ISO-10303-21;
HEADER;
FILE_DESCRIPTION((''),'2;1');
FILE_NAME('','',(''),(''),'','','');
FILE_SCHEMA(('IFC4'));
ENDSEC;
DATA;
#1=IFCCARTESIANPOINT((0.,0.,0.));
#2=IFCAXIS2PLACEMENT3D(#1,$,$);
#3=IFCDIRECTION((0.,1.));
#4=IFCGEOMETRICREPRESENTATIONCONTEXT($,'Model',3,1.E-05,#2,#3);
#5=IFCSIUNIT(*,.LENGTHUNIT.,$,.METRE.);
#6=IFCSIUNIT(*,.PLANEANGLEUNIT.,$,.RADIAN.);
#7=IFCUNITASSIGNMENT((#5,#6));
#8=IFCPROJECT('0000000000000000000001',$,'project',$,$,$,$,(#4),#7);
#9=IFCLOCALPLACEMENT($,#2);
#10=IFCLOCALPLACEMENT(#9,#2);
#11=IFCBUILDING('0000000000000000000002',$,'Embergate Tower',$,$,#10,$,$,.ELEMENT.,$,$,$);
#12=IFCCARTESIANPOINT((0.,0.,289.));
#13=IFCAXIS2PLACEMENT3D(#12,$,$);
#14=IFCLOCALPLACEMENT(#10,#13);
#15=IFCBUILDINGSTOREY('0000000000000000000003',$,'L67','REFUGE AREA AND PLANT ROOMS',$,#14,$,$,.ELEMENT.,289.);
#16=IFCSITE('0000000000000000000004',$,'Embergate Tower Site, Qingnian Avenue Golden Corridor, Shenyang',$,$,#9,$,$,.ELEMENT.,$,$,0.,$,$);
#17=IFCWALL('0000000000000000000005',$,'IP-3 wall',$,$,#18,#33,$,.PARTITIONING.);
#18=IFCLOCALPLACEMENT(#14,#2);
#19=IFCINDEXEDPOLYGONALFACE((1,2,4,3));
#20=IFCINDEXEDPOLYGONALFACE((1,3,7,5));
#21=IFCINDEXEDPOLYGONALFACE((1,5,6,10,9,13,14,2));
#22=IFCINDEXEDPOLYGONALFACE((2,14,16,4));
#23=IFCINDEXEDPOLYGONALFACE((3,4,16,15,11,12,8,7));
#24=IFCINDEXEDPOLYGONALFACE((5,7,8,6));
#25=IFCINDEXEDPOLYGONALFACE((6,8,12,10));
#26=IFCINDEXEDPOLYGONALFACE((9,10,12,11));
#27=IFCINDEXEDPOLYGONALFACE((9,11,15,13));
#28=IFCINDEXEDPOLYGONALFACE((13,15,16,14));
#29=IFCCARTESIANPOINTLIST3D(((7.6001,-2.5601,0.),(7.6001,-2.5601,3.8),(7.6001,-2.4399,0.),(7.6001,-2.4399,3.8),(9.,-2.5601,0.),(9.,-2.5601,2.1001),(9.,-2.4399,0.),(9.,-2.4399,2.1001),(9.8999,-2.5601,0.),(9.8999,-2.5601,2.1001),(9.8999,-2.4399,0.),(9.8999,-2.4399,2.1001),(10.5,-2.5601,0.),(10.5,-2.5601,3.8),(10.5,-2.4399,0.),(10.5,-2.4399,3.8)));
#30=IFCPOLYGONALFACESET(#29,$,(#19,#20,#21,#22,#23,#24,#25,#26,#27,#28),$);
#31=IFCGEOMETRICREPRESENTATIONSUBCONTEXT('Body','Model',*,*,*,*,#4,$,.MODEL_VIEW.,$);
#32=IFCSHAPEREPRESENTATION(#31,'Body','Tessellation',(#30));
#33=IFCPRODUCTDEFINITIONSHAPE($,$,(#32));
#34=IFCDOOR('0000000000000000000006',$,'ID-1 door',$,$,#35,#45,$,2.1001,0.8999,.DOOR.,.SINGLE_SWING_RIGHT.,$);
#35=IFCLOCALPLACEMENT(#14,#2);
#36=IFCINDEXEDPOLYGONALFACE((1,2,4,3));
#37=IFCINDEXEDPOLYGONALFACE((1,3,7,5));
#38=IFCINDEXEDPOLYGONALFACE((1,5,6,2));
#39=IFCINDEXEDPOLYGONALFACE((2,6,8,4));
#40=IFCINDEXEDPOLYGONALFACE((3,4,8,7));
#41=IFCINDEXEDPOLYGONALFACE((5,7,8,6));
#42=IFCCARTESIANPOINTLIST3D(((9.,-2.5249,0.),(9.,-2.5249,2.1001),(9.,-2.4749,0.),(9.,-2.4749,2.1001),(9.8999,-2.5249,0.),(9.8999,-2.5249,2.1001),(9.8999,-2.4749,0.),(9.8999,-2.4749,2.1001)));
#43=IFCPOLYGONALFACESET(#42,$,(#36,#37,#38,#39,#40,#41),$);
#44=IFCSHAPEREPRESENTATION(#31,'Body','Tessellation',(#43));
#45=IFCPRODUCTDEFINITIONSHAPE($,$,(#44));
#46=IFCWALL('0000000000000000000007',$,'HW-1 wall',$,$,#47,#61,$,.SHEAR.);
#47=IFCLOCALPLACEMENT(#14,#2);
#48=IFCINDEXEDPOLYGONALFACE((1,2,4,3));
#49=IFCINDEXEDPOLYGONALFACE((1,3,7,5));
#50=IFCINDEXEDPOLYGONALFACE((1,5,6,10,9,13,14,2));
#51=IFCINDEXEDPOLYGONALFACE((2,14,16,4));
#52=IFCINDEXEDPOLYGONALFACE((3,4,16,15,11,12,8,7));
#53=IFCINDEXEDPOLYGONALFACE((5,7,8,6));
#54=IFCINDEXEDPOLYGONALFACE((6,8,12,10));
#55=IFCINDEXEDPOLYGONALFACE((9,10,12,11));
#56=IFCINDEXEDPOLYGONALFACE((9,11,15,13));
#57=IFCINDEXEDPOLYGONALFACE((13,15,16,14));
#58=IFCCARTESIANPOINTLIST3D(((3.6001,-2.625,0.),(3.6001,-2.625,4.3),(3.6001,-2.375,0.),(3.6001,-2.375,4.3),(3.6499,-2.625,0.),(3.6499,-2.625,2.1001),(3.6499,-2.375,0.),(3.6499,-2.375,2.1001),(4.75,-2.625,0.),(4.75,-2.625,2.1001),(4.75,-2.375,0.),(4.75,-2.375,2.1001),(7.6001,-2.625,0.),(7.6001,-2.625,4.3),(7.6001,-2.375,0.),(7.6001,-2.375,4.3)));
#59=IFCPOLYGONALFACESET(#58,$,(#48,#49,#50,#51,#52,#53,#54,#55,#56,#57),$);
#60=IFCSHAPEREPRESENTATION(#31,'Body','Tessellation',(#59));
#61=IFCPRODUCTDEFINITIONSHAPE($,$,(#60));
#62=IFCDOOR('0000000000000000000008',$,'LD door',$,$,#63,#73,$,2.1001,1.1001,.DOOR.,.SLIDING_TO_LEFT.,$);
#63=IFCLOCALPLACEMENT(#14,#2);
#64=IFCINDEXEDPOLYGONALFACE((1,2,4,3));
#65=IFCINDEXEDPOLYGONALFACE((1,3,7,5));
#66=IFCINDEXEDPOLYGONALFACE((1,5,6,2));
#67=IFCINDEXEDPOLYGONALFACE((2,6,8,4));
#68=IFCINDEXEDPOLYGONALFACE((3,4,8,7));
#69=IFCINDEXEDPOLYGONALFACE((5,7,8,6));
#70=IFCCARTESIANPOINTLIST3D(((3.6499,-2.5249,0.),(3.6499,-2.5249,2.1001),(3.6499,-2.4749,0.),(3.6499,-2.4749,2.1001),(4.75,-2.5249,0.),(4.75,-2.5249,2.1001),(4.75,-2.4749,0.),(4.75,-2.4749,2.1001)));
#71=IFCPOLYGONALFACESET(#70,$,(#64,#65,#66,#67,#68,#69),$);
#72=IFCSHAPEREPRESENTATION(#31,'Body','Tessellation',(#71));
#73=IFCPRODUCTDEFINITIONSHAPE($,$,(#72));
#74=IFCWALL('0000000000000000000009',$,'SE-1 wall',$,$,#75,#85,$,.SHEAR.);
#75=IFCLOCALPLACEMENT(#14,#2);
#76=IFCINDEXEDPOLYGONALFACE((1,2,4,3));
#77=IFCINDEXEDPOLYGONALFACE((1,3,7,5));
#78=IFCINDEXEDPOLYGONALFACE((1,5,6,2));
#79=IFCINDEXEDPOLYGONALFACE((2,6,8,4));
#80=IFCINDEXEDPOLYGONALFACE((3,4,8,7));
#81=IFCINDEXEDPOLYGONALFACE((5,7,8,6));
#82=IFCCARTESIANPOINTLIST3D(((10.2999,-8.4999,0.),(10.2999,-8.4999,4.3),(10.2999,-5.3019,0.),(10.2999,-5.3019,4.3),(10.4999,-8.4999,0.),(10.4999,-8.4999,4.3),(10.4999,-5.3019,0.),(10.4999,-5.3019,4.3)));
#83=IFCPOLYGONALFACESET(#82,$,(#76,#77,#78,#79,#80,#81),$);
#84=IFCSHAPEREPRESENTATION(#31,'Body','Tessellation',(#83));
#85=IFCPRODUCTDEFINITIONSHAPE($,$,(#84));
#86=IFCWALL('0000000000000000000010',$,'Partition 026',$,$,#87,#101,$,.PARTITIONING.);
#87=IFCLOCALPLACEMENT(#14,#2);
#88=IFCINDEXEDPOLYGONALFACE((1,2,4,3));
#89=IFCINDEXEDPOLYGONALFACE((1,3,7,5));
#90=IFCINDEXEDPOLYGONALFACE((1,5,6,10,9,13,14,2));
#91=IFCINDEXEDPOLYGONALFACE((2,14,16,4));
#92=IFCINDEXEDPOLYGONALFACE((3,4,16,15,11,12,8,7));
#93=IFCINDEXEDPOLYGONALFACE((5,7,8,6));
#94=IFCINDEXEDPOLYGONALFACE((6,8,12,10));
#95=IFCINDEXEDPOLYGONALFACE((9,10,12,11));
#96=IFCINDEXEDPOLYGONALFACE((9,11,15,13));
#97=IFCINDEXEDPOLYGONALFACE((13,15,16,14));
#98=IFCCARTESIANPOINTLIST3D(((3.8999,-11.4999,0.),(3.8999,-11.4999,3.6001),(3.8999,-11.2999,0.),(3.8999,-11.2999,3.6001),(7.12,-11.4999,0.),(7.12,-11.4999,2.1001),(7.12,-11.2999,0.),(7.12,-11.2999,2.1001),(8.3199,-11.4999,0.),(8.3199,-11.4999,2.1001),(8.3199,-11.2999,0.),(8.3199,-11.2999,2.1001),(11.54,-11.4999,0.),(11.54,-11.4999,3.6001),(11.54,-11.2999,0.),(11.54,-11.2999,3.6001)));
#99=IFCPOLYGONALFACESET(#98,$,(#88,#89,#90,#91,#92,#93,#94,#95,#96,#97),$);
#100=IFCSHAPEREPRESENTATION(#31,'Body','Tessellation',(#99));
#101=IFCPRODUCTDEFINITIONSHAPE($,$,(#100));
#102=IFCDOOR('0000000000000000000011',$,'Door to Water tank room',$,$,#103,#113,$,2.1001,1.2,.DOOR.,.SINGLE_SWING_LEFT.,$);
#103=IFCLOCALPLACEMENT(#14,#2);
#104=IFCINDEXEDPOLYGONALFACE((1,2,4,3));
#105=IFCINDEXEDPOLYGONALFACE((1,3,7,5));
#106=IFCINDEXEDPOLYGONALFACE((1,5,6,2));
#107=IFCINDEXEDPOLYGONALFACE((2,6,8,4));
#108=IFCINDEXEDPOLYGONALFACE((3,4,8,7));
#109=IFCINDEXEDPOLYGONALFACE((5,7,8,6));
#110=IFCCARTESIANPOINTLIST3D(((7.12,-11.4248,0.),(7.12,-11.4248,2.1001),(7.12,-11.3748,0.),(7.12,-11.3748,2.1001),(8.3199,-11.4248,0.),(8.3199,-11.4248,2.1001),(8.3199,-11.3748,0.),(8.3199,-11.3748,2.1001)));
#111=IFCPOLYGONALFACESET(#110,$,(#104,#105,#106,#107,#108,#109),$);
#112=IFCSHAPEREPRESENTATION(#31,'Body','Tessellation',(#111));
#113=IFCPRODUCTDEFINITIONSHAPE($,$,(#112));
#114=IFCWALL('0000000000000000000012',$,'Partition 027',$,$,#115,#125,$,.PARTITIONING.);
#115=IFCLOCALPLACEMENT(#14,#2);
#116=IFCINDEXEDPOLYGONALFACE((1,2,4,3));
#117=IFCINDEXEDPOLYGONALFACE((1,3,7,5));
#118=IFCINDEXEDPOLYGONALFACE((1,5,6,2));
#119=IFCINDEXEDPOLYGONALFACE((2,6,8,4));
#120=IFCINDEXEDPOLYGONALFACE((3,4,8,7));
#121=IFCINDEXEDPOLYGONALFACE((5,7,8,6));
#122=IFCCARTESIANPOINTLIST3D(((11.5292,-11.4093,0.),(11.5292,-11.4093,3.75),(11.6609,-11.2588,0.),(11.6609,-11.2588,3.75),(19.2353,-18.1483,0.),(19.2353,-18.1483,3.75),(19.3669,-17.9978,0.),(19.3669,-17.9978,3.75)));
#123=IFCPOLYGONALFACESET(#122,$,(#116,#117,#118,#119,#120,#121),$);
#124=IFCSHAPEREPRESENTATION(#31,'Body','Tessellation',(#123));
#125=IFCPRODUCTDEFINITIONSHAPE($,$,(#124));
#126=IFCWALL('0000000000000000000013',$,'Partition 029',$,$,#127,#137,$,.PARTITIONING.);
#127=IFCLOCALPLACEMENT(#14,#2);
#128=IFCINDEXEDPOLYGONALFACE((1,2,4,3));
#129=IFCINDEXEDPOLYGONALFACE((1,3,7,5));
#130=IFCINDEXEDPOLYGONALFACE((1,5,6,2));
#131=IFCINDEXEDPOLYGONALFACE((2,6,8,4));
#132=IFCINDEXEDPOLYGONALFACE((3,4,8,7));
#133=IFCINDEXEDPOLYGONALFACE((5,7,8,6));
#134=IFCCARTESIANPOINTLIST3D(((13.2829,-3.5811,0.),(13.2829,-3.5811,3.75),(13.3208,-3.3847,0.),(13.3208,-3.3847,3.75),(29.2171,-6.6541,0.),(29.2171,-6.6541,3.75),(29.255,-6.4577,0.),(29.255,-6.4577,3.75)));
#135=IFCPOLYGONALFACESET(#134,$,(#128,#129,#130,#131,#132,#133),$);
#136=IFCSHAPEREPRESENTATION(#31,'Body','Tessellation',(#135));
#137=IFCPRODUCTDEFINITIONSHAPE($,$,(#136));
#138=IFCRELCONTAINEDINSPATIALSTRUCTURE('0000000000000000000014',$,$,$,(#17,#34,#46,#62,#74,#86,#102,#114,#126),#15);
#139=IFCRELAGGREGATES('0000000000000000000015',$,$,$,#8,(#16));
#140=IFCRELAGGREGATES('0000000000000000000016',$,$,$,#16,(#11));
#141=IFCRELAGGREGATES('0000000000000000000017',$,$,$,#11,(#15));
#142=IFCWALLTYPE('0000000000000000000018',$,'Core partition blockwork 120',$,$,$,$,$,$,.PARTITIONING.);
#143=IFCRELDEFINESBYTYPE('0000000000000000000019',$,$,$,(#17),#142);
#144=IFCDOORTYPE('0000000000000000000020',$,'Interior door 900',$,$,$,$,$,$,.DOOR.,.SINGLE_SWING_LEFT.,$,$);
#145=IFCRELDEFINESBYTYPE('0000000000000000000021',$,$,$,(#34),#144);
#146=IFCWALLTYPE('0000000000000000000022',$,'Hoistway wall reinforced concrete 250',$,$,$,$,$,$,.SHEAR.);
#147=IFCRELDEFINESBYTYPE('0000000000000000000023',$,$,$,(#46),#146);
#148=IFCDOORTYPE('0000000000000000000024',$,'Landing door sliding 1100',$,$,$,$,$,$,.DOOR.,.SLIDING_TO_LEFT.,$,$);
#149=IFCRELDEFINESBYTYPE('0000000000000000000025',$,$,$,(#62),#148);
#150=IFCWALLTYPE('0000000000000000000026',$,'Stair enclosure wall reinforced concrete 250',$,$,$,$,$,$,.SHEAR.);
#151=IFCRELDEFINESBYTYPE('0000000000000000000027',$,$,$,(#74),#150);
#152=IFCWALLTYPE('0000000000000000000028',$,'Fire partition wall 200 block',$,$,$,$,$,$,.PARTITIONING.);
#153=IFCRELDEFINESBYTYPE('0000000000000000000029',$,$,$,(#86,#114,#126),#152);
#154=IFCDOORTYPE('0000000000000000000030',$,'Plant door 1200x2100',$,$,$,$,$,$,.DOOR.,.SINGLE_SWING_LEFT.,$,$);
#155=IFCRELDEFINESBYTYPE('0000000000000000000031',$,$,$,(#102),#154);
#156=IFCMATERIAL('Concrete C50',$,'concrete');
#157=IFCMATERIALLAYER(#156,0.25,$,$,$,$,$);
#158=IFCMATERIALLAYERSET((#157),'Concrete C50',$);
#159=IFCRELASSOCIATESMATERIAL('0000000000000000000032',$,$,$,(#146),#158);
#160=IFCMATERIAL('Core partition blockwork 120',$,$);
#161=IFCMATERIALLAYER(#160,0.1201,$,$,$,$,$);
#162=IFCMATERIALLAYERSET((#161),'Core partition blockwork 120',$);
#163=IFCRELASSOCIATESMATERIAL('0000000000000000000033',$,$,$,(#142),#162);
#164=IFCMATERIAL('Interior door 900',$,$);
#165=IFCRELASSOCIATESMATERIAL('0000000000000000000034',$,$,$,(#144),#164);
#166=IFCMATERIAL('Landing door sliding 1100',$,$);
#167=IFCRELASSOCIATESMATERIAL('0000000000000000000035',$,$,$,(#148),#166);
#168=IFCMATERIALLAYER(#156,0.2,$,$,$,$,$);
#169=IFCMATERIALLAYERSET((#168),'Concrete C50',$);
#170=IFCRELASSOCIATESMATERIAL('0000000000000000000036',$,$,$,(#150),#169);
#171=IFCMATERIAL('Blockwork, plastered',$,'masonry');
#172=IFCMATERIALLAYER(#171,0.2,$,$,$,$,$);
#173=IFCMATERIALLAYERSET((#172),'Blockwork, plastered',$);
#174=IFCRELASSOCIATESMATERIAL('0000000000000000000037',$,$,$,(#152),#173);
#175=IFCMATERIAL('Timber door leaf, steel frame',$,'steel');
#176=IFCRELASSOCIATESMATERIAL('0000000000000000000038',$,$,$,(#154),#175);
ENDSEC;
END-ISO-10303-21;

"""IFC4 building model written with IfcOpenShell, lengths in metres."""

from ifc_helpers import new_model, si_unit, direction, frame, frame_2d, origin, place, context, subcontext, project, spatial, rectangle, extrude, source, transform, mapped, material, layer, layer_set, type_object, element, fill, save


model = new_model("IFC4")

# Units and contexts
model_context = context("Model", 3, precision=1e-05, world=origin(), true_north=direction((0.0, 1.0)))
body_context = subcontext(model_context, "Body", "Model", "MODEL_VIEW")
ifc_project = project(units=[si_unit("LENGTHUNIT", "METRE"), si_unit("PLANEANGLEUNIT", "RADIAN")], contexts=[model_context])

# Site, building, storey
site_placement = place(None, origin())
site = spatial("IfcSite", under=ifc_project, at=site_placement, Name="Embergate Tower Site, Qingnian Avenue Golden Corridor, Shenyang", CompositionType="ELEMENT", RefElevation=0.0)
building_placement = place(site_placement, origin())
building = spatial("IfcBuilding", under=site, at=building_placement, Name="Embergate Tower", CompositionType="ELEMENT")
storey_placement = place(building_placement, frame((0.0, 0.0, 289.0)))
storey = spatial("IfcBuildingStorey", under=building, at=storey_placement, Name="L67", Description="REFUGE AREA AND PLANT ROOMS", CompositionType="ELEMENT", Elevation=289.0)

# Shared definitions
ifc_material_1 = material(Name="Concrete C50", Category="concrete")

# Shared definitions
ifc_layer_1 = layer(ifc_material_1, 0.25)
ifc_layer_set_1 = layer_set([ifc_layer_1], Name="Concrete C50")
wall_type_1 = type_object("IfcWallType", Name="Hoistway wall reinforced concrete 250", PredefinedType="SHEAR", material=ifc_layer_set_1)

# Walls, openings, doors
ifc_material_2 = material(Name="Core partition blockwork 120")
ifc_layer_2 = layer(ifc_material_2, 0.1201)
ifc_layer_set_2 = layer_set([ifc_layer_2], Name="Core partition blockwork 120")
wall_type_2 = type_object("IfcWallType", Name="Core partition blockwork 120", PredefinedType="PARTITIONING", material=ifc_layer_set_2)
shared_shape_1 = source(origin(), body_context, "Body", "SweptSolid", [
    extrude(rectangle(XDim=0.8999, YDim=2.1001, at=frame_2d((0.45, 1.05))), frame((0.0, 0.0701, 0.0), z_axis=(0.0, -1.0, 0.0), x_axis=(1.0, 0.0, 0.0)), (0.0, 0.0, 1.0), 0.1401),
])
ifc_material_3 = material(Name="Interior door 900")
door_type_1 = type_object("IfcDoorType", Name="Interior door 900", OperationType="SINGLE_SWING_LEFT", PredefinedType="DOOR", material=ifc_material_3)
shared_shape_2 = source(origin(), body_context, "Body", "SweptSolid", [
    extrude(rectangle(XDim=0.8999, YDim=2.1001, at=frame_2d((0.45, 1.05))), frame((0.0, 0.0249, 0.0), z_axis=(0.0, -1.0, 0.0), x_axis=(1.0, 0.0, 0.0)), (0.0, 0.0, 1.0), 0.05),
])
shared_shape_3 = source(origin(), body_context, "Body", "SweptSolid", [
    extrude(rectangle(XDim=2.8999, YDim=0.1201, at=frame_2d((1.45, 0.0))), origin(), (0.0, 0.0, 1.0), 3.8),
])
wall_1_placement = place(storey_placement, frame((10.5, -2.5, 0.0), z_axis=(0.0, 0.0, 1.0), x_axis=(-1.0, 0.0, 0.0)))
wall_1 = element("IfcWall", 1, at=wall_1_placement, inside=storey, type_object=wall_type_2, Name="IP-3 wall", PredefinedType="PARTITIONING", context=body_context, shape_type="MappedRepresentation", body=[
    mapped(shared_shape_3, transform((0.0, 0.0, 0.0))),
])
opening_1_placement = place(wall_1_placement, frame((0.6001, 0.0, 0.0)))
opening_1 = element("IfcOpeningElement", 2, at=opening_1_placement, cuts=wall_1, PredefinedType="OPENING", context=body_context, shape_type="MappedRepresentation", body=[
    mapped(shared_shape_1, transform((0.0, 0.0, 0.0))),
])
door_1_placement = place(opening_1_placement, origin())
door_1 = element("IfcDoor", 3, at=door_1_placement, inside=storey, type_object=door_type_1, Name="ID-1 door", OperationType="SINGLE_SWING_RIGHT", OverallHeight=2.1001, OverallWidth=0.8999, PredefinedType="DOOR", context=body_context, shape_type="MappedRepresentation", body=[
    mapped(shared_shape_2, transform((0.0, 0.0, 0.0))),
])
fill(opening_1, door_1)
shared_shape_4 = source(origin(), body_context, "Body", "SweptSolid", [
    extrude(rectangle(XDim=4.0, YDim=0.25, at=frame_2d((2.0, 0.0))), origin(), (0.0, 0.0, 1.0), 4.3),
])
wall_2_placement = place(storey_placement, frame((7.6001, -2.5, 0.0), z_axis=(0.0, 0.0, 1.0), x_axis=(-1.0, 0.0, 0.0)))
wall_2 = element("IfcWall", 4, at=wall_2_placement, inside=storey, type_object=wall_type_1, Name="HW-1 wall", PredefinedType="SHEAR", context=body_context, shape_type="MappedRepresentation", body=[
    mapped(shared_shape_4, transform((0.0, 0.0, 0.0))),
])
shared_shape_5 = source(origin(), body_context, "Body", "SweptSolid", [
    extrude(rectangle(XDim=1.1001, YDim=2.1001, at=frame_2d((0.55, 1.05))), frame((0.0, 0.135, 0.0), z_axis=(0.0, -1.0, 0.0), x_axis=(1.0, 0.0, 0.0)), (0.0, 0.0, 1.0), 0.27),
])
opening_2_placement = place(wall_2_placement, frame((2.8501, 0.0, 0.0)))
opening_2 = element("IfcOpeningElement", 5, at=opening_2_placement, cuts=wall_2, PredefinedType="OPENING", context=body_context, shape_type="MappedRepresentation", body=[
    mapped(shared_shape_5, transform((0.0, 0.0, 0.0))),
])
ifc_material_4 = material(Name="Landing door sliding 1100")
door_type_2 = type_object("IfcDoorType", Name="Landing door sliding 1100", OperationType="SLIDING_TO_LEFT", PredefinedType="DOOR", material=ifc_material_4)
shared_shape_6 = source(origin(), body_context, "Body", "SweptSolid", [
    extrude(rectangle(XDim=1.1001, YDim=2.1001, at=frame_2d((0.55, 1.05))), frame((0.0, 0.0249, 0.0), z_axis=(0.0, -1.0, 0.0), x_axis=(1.0, 0.0, 0.0)), (0.0, 0.0, 1.0), 0.05),
])
door_2_placement = place(opening_2_placement, origin())
door_2 = element("IfcDoor", 6, at=door_2_placement, inside=storey, type_object=door_type_2, Name="LD door", OperationType="SLIDING_TO_LEFT", OverallHeight=2.1001, OverallWidth=1.1001, PredefinedType="DOOR", context=body_context, shape_type="MappedRepresentation", body=[
    mapped(shared_shape_6, transform((0.0, 0.0, 0.0))),
])
fill(opening_2, door_2)

# Wall
ifc_layer_3 = layer(ifc_material_1, 0.2)
ifc_layer_set_3 = layer_set([ifc_layer_3], Name="Concrete C50")
wall_type_3 = type_object("IfcWallType", Name="Stair enclosure wall reinforced concrete 250", PredefinedType="SHEAR", material=ifc_layer_set_3)
shared_shape_7 = source(origin(), body_context, "Body", "SweptSolid", [
    extrude(rectangle(XDim=3.198, YDim=0.2, at=frame_2d((1.5991, 0.0))), origin(), (0.0, 0.0, 1.0), 4.3),
])
wall_3_placement = place(storey_placement, frame((10.3999, -8.5, 0.0), z_axis=(0.0, 0.0, 1.0), x_axis=(0.0, 1.0, 0.0)))
element("IfcWall", 7, at=wall_3_placement, inside=storey, type_object=wall_type_3, Name="SE-1 wall", PredefinedType="SHEAR", context=body_context, shape_type="MappedRepresentation", body=[
    mapped(shared_shape_7, transform((0.0, 0.0, 0.0))),
])

# Wall, opening, door
ifc_material_5 = material(Name="Blockwork, plastered", Category="masonry")
ifc_layer_4 = layer(ifc_material_5, 0.2)
ifc_layer_set_4 = layer_set([ifc_layer_4], Name="Blockwork, plastered")
wall_type_4 = type_object("IfcWallType", Name="Fire partition wall 200 block", PredefinedType="PARTITIONING", material=ifc_layer_set_4)
shared_shape_8 = source(origin(), body_context, "Body", "SweptSolid", [
    extrude(rectangle(XDim=7.6401, YDim=0.2, at=frame_2d((3.8201, 0.0))), origin(), (0.0, 0.0, 1.0), 3.6001),
])
wall_4_placement = place(storey_placement, frame((11.54, -11.3999, 0.0), z_axis=(0.0, 0.0, 1.0), x_axis=(-1.0, 0.0, 0.0)))
wall_4 = element("IfcWall", 8, at=wall_4_placement, inside=storey, type_object=wall_type_4, Name="Partition 026", PredefinedType="PARTITIONING", context=body_context, shape_type="MappedRepresentation", body=[
    mapped(shared_shape_8, transform((0.0, 0.0, 0.0))),
])
shared_shape_9 = source(origin(), body_context, "Body", "SweptSolid", [
    extrude(rectangle(XDim=1.2, YDim=2.1001, at=frame_2d((0.6001, 1.05))), frame((0.0, 0.1099, 0.0), z_axis=(0.0, -1.0, 0.0), x_axis=(1.0, 0.0, 0.0)), (0.0, 0.0, 1.0), 0.22),
])
opening_3_placement = place(wall_4_placement, frame((3.22, 0.0, 0.0)))
opening_3 = element("IfcOpeningElement", 9, at=opening_3_placement, cuts=wall_4, PredefinedType="OPENING", context=body_context, shape_type="MappedRepresentation", body=[
    mapped(shared_shape_9, transform((0.0, 0.0, 0.0))),
])
ifc_material_6 = material(Name="Timber door leaf, steel frame", Category="steel")
door_type_3 = type_object("IfcDoorType", Name="Plant door 1200x2100", OperationType="SINGLE_SWING_LEFT", PredefinedType="DOOR", material=ifc_material_6)
shared_shape_10 = source(origin(), body_context, "Body", "SweptSolid", [
    extrude(rectangle(XDim=1.2, YDim=2.1001, at=frame_2d((0.6001, 1.05))), frame((0.0, 0.0249, 0.0), z_axis=(0.0, -1.0, 0.0), x_axis=(1.0, 0.0, 0.0)), (0.0, 0.0, 1.0), 0.05),
])
door_3_placement = place(opening_3_placement, origin())
door_3 = element("IfcDoor", 10, at=door_3_placement, inside=storey, type_object=door_type_3, Name="Door to Water tank room", OperationType="SINGLE_SWING_LEFT", OverallHeight=2.1001, OverallWidth=1.2, PredefinedType="DOOR", context=body_context, shape_type="MappedRepresentation", body=[
    mapped(shared_shape_10, transform((0.0, 0.0, 0.0))),
])
fill(opening_3, door_3)

# Wall
shared_shape_11 = source(origin(), body_context, "Body", "SweptSolid", [
    extrude(rectangle(XDim=10.2371, YDim=0.2, at=frame_2d((5.1187, 0.0))), origin(), (0.0, 0.0, 1.0), 3.75),
])
wall_5_placement = place(storey_placement, frame((11.595, -11.334, 0.0), z_axis=(0.0, 0.0, 1.0), x_axis=(0.75276, -0.658295, 0.0)))
element("IfcWall", 11, at=wall_5_placement, inside=storey, type_object=wall_type_4, Name="Partition 027", PredefinedType="PARTITIONING", context=body_context, shape_type="MappedRepresentation", body=[
    mapped(shared_shape_11, transform((0.0, 0.0, 0.0))),
])

# Wall
shared_shape_12 = source(origin(), body_context, "Body", "SweptSolid", [
    extrude(rectangle(XDim=16.2278, YDim=0.2, at=frame_2d((8.1138, 0.0))), origin(), (0.0, 0.0, 1.0), 3.75),
])
wall_6_placement = place(storey_placement, frame((13.302, -3.4829, 0.0), z_axis=(0.0, 0.0, 1.0), x_axis=(0.981906, -0.189367, 0.0)))
element("IfcWall", 12, at=wall_6_placement, inside=storey, type_object=wall_type_4, Name="Partition 029", PredefinedType="PARTITIONING", context=body_context, shape_type="MappedRepresentation", body=[
    mapped(shared_shape_12, transform((0.0, 0.0, 0.0))),
])

save(model, "model.ifc")
